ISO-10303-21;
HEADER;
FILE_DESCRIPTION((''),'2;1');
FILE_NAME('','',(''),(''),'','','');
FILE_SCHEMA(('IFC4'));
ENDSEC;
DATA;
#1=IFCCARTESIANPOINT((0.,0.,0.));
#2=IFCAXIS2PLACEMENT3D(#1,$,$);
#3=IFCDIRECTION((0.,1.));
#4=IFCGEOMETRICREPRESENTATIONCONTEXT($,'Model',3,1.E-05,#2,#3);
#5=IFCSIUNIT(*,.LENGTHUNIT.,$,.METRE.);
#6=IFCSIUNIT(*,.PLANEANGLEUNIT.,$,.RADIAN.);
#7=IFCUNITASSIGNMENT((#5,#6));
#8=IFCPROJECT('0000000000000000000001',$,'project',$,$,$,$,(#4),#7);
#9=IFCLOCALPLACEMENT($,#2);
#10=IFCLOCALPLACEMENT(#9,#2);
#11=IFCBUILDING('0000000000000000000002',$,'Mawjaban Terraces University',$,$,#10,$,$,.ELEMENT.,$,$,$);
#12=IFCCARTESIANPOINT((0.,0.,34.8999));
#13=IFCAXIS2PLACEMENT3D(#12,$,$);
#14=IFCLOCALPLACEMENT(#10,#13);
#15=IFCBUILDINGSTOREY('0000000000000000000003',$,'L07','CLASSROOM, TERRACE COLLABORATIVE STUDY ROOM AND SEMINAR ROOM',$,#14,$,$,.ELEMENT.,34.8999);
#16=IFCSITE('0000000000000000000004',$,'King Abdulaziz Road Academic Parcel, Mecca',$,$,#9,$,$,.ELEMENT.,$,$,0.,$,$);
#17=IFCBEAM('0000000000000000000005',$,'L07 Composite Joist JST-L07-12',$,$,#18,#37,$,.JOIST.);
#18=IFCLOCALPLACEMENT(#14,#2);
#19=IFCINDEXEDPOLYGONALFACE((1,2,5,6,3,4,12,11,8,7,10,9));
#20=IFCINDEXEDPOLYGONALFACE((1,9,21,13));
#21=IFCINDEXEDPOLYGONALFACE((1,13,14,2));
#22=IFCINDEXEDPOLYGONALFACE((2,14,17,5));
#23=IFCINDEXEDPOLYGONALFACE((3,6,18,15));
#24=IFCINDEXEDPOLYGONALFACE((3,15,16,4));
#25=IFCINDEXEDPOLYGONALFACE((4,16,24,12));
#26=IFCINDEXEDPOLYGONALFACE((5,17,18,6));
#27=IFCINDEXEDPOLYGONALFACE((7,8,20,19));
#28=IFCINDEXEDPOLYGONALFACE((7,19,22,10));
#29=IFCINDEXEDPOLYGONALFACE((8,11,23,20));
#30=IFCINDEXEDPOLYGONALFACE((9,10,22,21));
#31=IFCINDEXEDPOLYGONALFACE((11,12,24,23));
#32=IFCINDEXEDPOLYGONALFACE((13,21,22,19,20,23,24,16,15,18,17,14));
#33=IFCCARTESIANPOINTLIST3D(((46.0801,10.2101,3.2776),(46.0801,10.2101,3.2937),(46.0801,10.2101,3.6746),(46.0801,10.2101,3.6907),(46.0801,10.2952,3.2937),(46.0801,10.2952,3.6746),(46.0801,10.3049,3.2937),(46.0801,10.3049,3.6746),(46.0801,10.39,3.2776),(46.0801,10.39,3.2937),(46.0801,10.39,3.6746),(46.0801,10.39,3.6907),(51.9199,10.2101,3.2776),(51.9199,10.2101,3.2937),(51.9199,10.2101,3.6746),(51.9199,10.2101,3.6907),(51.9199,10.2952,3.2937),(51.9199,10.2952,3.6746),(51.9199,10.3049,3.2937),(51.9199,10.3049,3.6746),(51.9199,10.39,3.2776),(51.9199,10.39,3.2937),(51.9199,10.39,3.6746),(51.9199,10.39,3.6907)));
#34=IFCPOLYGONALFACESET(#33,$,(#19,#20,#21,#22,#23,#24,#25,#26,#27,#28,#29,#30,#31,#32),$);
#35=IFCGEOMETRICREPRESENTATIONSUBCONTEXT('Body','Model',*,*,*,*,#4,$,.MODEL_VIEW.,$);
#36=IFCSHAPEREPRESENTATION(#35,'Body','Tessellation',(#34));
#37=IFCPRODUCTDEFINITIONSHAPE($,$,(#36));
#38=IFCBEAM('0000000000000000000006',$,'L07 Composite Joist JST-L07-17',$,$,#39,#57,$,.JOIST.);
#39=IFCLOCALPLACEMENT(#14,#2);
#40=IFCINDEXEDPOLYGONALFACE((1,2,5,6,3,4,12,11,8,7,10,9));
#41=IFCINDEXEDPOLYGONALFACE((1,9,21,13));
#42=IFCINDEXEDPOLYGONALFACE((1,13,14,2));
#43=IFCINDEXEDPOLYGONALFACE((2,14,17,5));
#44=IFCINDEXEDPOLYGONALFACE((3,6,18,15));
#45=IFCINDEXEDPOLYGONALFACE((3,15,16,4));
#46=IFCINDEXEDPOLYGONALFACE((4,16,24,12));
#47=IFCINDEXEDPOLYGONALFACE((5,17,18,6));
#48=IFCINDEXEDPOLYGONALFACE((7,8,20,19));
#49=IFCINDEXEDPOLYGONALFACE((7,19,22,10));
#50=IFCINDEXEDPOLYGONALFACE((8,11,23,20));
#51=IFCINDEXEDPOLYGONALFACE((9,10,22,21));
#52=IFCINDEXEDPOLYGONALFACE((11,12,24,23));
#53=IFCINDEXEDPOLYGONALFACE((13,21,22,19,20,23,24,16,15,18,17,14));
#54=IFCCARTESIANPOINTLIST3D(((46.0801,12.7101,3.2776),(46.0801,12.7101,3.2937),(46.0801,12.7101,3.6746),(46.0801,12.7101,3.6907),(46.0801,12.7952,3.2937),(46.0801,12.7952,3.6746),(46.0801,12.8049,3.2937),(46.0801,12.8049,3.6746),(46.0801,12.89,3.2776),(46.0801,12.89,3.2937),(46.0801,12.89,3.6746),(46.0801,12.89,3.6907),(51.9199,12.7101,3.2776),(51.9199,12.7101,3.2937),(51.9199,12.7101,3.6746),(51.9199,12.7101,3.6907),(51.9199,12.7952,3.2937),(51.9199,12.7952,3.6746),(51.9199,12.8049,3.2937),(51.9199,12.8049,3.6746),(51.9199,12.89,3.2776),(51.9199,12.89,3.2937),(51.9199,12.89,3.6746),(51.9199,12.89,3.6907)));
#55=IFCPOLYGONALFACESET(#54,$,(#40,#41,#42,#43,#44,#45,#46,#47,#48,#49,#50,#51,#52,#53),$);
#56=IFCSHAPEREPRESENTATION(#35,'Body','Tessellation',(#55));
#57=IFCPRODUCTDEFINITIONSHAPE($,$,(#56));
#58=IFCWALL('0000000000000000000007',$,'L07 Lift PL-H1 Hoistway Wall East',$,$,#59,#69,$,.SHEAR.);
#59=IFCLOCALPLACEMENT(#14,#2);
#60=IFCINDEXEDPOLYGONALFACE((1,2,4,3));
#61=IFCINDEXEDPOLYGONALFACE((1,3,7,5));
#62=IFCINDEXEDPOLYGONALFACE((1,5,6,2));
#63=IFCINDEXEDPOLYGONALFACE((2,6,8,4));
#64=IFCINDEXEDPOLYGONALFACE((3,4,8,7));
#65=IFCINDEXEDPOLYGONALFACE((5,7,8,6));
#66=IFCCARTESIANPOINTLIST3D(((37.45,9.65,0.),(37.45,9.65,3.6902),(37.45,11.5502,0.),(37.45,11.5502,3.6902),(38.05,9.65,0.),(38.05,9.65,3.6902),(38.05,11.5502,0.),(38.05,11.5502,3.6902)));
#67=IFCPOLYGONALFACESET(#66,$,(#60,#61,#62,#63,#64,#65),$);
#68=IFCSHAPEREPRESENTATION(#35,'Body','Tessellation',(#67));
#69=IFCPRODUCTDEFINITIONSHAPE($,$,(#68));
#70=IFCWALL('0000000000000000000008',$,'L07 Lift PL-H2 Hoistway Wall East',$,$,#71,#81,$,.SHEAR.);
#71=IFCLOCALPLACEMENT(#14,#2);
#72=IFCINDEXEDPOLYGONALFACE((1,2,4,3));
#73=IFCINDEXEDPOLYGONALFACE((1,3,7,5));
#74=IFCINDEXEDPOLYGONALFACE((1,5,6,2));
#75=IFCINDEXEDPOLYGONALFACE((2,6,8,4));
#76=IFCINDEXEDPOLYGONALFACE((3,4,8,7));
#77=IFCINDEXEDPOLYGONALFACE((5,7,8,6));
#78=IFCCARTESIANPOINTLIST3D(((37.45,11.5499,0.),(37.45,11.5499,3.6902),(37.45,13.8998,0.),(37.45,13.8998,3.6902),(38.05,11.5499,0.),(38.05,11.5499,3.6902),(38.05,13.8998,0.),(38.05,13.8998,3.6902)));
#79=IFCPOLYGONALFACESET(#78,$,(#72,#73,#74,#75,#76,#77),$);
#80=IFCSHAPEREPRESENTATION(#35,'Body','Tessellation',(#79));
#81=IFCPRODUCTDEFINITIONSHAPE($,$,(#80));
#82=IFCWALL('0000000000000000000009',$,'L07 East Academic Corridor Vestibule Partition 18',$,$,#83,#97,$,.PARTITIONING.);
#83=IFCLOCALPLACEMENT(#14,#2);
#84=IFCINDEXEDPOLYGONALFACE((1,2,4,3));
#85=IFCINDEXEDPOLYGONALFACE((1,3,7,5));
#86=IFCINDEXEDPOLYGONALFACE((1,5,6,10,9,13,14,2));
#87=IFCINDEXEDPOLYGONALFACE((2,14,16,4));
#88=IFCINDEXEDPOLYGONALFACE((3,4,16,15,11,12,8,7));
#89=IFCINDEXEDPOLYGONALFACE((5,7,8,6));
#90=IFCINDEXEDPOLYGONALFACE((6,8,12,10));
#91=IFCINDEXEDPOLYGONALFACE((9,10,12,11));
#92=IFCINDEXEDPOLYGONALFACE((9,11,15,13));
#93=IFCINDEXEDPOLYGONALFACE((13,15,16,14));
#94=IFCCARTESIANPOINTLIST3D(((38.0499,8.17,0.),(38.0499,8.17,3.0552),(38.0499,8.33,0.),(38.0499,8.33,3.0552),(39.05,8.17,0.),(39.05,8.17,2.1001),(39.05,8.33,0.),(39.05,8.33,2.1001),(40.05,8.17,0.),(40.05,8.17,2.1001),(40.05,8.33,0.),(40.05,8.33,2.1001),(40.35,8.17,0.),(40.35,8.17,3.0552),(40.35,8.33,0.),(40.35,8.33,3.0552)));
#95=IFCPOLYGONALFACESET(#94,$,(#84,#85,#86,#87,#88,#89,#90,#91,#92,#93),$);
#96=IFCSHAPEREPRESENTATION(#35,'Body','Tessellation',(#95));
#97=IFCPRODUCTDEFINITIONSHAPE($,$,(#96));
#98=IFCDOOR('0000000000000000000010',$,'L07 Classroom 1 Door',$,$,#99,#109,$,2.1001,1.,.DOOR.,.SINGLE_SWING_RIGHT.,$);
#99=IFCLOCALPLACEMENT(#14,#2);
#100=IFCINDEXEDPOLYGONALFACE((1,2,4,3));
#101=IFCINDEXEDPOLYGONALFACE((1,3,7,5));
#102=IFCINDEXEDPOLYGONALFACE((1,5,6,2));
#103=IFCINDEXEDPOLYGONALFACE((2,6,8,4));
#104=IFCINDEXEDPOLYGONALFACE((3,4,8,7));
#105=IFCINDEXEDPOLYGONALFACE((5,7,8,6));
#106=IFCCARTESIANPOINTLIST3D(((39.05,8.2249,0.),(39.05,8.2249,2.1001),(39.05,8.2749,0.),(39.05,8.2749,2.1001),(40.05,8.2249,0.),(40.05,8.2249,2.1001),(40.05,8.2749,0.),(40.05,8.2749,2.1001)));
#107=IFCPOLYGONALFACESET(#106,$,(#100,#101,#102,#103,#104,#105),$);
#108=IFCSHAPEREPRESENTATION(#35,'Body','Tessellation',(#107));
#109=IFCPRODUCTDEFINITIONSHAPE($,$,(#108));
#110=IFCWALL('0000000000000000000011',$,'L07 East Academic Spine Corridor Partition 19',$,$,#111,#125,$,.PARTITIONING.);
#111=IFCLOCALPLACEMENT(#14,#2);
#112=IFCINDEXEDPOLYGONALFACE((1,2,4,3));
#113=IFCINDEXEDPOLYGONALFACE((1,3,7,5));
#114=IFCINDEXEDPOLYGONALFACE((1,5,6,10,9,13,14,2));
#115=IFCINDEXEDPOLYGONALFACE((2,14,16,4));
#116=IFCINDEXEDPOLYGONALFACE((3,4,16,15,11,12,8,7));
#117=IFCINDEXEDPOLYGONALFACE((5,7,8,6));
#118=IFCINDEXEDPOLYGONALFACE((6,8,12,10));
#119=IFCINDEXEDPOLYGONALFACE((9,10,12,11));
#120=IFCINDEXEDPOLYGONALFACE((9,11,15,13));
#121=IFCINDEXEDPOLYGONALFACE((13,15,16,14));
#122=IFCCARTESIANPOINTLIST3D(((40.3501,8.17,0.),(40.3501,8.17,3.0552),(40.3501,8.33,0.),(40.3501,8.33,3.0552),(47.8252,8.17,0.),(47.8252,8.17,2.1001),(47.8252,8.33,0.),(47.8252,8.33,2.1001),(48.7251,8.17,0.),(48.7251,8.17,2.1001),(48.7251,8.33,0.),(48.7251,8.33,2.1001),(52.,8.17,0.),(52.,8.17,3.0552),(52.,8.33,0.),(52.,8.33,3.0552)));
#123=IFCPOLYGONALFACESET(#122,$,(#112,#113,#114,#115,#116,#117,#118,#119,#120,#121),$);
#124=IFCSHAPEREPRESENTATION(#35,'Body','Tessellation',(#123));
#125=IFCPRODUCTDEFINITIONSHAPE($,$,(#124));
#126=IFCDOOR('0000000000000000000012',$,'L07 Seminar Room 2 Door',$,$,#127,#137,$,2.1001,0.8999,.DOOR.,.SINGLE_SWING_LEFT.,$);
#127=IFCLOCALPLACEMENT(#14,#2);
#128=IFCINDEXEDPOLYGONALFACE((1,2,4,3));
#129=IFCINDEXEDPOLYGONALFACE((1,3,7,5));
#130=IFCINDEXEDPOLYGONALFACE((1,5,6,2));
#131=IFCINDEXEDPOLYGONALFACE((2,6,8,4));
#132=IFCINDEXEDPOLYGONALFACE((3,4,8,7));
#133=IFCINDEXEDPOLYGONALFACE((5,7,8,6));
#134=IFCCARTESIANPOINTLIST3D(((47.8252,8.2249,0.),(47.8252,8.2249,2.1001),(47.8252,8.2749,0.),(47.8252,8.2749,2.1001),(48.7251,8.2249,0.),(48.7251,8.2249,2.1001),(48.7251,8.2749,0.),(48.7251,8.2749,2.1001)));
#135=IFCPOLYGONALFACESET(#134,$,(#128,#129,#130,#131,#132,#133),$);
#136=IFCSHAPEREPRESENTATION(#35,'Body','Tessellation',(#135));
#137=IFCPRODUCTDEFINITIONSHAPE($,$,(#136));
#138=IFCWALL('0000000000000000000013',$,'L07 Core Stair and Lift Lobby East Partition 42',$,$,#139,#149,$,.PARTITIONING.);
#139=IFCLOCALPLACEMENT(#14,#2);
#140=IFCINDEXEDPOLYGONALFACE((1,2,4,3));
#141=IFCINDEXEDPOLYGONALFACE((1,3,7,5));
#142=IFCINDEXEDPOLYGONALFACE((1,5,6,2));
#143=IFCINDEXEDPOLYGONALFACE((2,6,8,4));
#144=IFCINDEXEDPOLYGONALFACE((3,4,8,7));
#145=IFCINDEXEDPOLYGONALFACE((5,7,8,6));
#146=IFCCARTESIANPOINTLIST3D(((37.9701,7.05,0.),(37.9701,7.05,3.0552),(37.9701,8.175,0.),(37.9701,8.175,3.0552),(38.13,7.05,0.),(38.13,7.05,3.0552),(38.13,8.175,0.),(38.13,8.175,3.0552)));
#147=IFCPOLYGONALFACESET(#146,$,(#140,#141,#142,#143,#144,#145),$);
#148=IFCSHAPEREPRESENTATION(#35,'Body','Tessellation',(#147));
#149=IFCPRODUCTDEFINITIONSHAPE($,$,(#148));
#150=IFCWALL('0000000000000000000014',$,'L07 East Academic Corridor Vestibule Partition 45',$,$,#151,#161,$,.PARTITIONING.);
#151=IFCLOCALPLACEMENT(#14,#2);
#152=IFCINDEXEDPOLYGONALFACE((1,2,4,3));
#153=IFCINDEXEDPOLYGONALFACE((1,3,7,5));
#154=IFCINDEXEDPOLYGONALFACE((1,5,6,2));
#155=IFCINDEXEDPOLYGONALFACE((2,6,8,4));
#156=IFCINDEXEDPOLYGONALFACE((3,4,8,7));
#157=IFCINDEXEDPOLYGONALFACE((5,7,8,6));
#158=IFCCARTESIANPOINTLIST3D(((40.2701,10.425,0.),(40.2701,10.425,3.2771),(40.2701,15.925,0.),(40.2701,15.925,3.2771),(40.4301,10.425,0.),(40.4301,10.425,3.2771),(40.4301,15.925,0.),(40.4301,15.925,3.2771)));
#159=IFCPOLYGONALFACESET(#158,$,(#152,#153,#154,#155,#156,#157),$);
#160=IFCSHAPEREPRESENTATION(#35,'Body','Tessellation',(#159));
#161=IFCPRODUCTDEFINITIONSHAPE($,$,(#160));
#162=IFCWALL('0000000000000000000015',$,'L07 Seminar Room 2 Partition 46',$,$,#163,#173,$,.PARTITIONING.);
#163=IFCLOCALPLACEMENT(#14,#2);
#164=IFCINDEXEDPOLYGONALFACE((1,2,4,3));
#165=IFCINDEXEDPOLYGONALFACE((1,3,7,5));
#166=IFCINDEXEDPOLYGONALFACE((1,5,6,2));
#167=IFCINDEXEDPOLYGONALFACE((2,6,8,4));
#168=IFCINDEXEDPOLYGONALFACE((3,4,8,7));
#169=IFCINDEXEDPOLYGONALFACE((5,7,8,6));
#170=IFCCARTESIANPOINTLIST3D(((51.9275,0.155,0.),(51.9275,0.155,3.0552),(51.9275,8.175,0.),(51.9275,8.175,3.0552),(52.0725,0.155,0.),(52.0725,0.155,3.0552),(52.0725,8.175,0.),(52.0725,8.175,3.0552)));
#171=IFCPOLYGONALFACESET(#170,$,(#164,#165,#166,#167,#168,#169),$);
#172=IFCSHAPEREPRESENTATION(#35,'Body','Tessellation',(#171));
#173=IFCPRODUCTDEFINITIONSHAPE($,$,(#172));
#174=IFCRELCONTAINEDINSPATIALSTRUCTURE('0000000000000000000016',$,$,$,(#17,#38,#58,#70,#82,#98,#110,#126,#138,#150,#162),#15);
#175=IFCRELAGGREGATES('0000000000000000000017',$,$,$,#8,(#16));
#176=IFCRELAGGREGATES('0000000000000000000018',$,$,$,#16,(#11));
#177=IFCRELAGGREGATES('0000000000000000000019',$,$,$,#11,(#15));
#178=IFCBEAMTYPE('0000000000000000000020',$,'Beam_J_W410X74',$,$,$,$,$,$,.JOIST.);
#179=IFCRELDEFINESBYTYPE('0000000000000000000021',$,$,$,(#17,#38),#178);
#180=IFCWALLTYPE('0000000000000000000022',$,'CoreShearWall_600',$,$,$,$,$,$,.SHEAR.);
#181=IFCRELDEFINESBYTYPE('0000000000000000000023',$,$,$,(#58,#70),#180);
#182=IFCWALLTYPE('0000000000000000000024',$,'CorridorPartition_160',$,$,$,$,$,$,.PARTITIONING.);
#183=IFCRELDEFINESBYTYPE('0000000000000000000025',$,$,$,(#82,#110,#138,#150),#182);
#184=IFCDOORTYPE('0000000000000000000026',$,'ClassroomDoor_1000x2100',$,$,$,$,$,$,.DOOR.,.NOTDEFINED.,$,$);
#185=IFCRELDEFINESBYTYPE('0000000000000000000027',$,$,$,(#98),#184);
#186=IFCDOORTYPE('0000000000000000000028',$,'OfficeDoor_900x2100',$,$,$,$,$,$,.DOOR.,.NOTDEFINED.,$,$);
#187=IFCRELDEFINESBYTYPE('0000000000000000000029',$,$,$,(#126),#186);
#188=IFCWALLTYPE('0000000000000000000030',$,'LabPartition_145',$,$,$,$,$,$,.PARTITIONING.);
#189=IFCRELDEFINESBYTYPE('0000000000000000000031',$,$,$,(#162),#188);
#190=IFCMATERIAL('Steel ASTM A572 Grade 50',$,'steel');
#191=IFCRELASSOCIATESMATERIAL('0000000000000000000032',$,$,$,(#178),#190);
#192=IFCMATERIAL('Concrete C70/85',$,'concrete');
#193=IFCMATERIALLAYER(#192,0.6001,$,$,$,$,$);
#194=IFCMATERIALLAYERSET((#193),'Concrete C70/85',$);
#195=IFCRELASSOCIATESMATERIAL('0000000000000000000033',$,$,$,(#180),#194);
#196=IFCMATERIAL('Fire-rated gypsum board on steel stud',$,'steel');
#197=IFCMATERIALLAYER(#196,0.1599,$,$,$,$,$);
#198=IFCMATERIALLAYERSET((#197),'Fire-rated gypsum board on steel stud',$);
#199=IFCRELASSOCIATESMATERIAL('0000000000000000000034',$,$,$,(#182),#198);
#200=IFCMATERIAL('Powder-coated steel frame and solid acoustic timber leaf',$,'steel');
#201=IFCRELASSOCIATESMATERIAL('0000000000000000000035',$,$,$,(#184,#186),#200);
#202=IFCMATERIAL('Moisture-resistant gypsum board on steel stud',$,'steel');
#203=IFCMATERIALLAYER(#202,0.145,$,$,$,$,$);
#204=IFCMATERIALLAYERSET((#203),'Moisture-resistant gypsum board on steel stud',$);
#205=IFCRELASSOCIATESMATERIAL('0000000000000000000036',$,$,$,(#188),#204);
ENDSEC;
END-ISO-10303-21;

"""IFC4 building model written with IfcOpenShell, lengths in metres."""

from ifc_helpers import new_model, si_unit, direction, frame, frame_2d, origin, origin_2d, place, context, subcontext, project, spatial, rectangle, i_section, extrude, material, layer, layer_set, material_profile, profile_set, type_object, element, fill, save


model = new_model("IFC4")

# Units and contexts
model_context = context("Model", 3, precision=1e-05, world=origin(), true_north=direction((0.0, 1.0)))
body_context = subcontext(model_context, "Body", "Model", "MODEL_VIEW")
ifc_project = project(units=[si_unit("LENGTHUNIT", "METRE"), si_unit("PLANEANGLEUNIT", "RADIAN")], contexts=[model_context])

# Site, building, storey
site_placement = place(None, origin())
site = spatial("IfcSite", under=ifc_project, at=site_placement, Name="King Abdulaziz Road Academic Parcel, Mecca", CompositionType="ELEMENT", RefElevation=0.0)
building_placement = place(site_placement, origin())
building = spatial("IfcBuilding", under=site, at=building_placement, Name="Mawjaban Terraces University", CompositionType="ELEMENT")
storey_placement = place(building_placement, frame((0.0, 0.0, 34.8999)))
storey = spatial("IfcBuildingStorey", under=building, at=storey_placement, Name="L07", Description="CLASSROOM, TERRACE COLLABORATIVE STUDY ROOM AND SEMINAR ROOM", CompositionType="ELEMENT", Elevation=34.8999)

# Beams
ifc_material_1 = material(Name="Steel ASTM A572 Grade 50", Category="steel")
ifc_material_profile_1 = material_profile(ifc_material_1, i_section(OverallWidth=0.1799, OverallDepth=0.4131, WebThickness=0.0098, FlangeThickness=0.0161, at=origin_2d()), Name="W410X74")
ifc_profile_set_1 = profile_set([ifc_material_profile_1], Name="Steel ASTM A572 Grade 50")
beam_type_1 = type_object("IfcBeamType", Name="Beam_J_W410X74", PredefinedType="JOIST", material=ifc_profile_set_1)
for number, where, z_axis, x_axis, name in (
    (1, (46.0801, 10.3, 3.4841), (1.0, 0.0, 0.0), (0.0, 1.0, 0.0), "L07 Composite Joist JST-L07-12"),
    (2, (46.0801, 12.8, 3.4841), (1.0, 0.0, 0.0), (0.0, 1.0, 0.0), "L07 Composite Joist JST-L07-17"),
):
    element("IfcBeam", number, at=place(storey_placement, frame(where, z_axis=z_axis, x_axis=x_axis)), inside=storey, type_object=beam_type_1, Name=name, PredefinedType="JOIST", context=body_context, shape_type="SweptSolid", body=[
        extrude(i_section(OverallWidth=0.1799, OverallDepth=0.4131, WebThickness=0.0098, FlangeThickness=0.0161, at=origin_2d()), origin(), (0.0, 0.0, 1.0), 5.8398),
    ])

# Walls
ifc_material_2 = material(Name="Concrete C70/85", Category="concrete")
ifc_layer_1 = layer(ifc_material_2, 0.6001)
ifc_layer_set_1 = layer_set([ifc_layer_1], Name="Concrete C70/85")
wall_type_1 = type_object("IfcWallType", Name="CoreShearWall_600", PredefinedType="SHEAR", material=ifc_layer_set_1)
wall_1_placement = place(storey_placement, frame((37.75, 9.6499, 0.0), z_axis=(0.0, 0.0, 1.0), x_axis=(0.0, 1.0, 0.0)))
element("IfcWall", 3, at=wall_1_placement, inside=storey, type_object=wall_type_1, Name="L07 Lift PL-H1 Hoistway Wall East", PredefinedType="SHEAR", context=body_context, shape_type="SweptSolid", body=[
    extrude(rectangle(XDim=1.9001, YDim=0.6001, at=frame_2d((0.9502, 0.0))), origin(), (0.0, 0.0, 1.0), 3.6902),
])
wall_2_placement = place(storey_placement, frame((37.75, 11.55, 0.0), z_axis=(0.0, 0.0, 1.0), x_axis=(0.0, 1.0, 0.0)))
element("IfcWall", 4, at=wall_2_placement, inside=storey, type_object=wall_type_1, Name="L07 Lift PL-H2 Hoistway Wall East", PredefinedType="SHEAR", context=body_context, shape_type="SweptSolid", body=[
    extrude(rectangle(XDim=2.3499, YDim=0.6001, at=frame_2d((1.1748, 0.0))), origin(), (0.0, 0.0, 1.0), 3.6902),
])

# Walls, openings, doors
ifc_material_3 = material(Name="Fire-rated gypsum board on steel stud", Category="steel")
ifc_layer_2 = layer(ifc_material_3, 0.1599)
ifc_layer_set_2 = layer_set([ifc_layer_2], Name="Fire-rated gypsum board on steel stud")
wall_type_2 = type_object("IfcWallType", Name="CorridorPartition_160", PredefinedType="PARTITIONING", material=ifc_layer_set_2)
wall_3_placement = place(storey_placement, frame((38.05, 8.25, 0.0), z_axis=(0.0, 0.0, 1.0), x_axis=(1.0, 0.0, 0.0)))
wall_3 = element("IfcWall", 5, at=wall_3_placement, inside=storey, type_object=wall_type_2, Name="L07 East Academic Corridor Vestibule Partition 18", PredefinedType="PARTITIONING", context=body_context, shape_type="SweptSolid", body=[
    extrude(rectangle(XDim=2.3, YDim=0.1599, at=frame_2d((1.1499, 0.0))), origin(), (0.0, 0.0, 1.0), 3.0552),
])
opening_1_placement = place(wall_3_placement, frame((1.0, 0.0, 0.0)))
opening_1 = element("IfcOpeningElement", 6, at=opening_1_placement, cuts=wall_3, PredefinedType="OPENING", context=body_context, shape_type="SweptSolid", body=[
    extrude(rectangle(XDim=1.0, YDim=2.1001, at=frame_2d((0.5, 1.05))), frame((0.0, 0.0898, 0.0), z_axis=(0.0, -1.0, 0.0), x_axis=(1.0, 0.0, 0.0)), (0.0, 0.0, 1.0), 0.1799),
])
ifc_material_4 = material(Name="Powder-coated steel frame and solid acoustic timber leaf", Category="steel")
door_type_1 = type_object("IfcDoorType", Name="ClassroomDoor_1000x2100", OperationType="NOTDEFINED", PredefinedType="DOOR", material=ifc_material_4)
door_1_placement = place(opening_1_placement, origin())
door_1 = element("IfcDoor", 7, at=door_1_placement, inside=storey, type_object=door_type_1, Name="L07 Classroom 1 Door", OperationType="SINGLE_SWING_RIGHT", OverallHeight=2.1001, OverallWidth=1.0, PredefinedType="DOOR", context=body_context, shape_type="SweptSolid", body=[
    extrude(rectangle(XDim=1.0, YDim=2.1001, at=frame_2d((0.5, 1.05))), frame((0.0, 0.0249, 0.0), z_axis=(0.0, -1.0, 0.0), x_axis=(1.0, 0.0, 0.0)), (0.0, 0.0, 1.0), 0.05),
])
fill(opening_1, door_1)
wall_4_placement = place(storey_placement, frame((40.3501, 8.25, 0.0), z_axis=(0.0, 0.0, 1.0), x_axis=(1.0, 0.0, 0.0)))
wall_4 = element("IfcWall", 8, at=wall_4_placement, inside=storey, type_object=wall_type_2, Name="L07 East Academic Spine Corridor Partition 19", PredefinedType="PARTITIONING", context=body_context, shape_type="SweptSolid", body=[
    extrude(rectangle(XDim=11.6499, YDim=0.1599, at=frame_2d((5.825, 0.0))), origin(), (0.0, 0.0, 1.0), 3.0552),
])
opening_2_placement = place(wall_4_placement, frame((7.4751, 0.0, 0.0)))
opening_2 = element("IfcOpeningElement", 9, at=opening_2_placement, cuts=wall_4, PredefinedType="OPENING", context=body_context, shape_type="SweptSolid", body=[
    extrude(rectangle(XDim=0.8999, YDim=2.1001, at=frame_2d((0.45, 1.05))), frame((0.0, 0.0898, 0.0), z_axis=(0.0, -1.0, 0.0), x_axis=(1.0, 0.0, 0.0)), (0.0, 0.0, 1.0), 0.1799),
])
door_type_2 = type_object("IfcDoorType", Name="OfficeDoor_900x2100", OperationType="NOTDEFINED", PredefinedType="DOOR", material=ifc_material_4)
door_2_placement = place(opening_2_placement, origin())
door_2 = element("IfcDoor", 10, at=door_2_placement, inside=storey, type_object=door_type_2, Name="L07 Seminar Room 2 Door", OperationType="SINGLE_SWING_LEFT", OverallHeight=2.1001, OverallWidth=0.8999, PredefinedType="DOOR", context=body_context, shape_type="SweptSolid", body=[
    extrude(rectangle(XDim=0.8999, YDim=2.1001, at=frame_2d((0.45, 1.05))), frame((0.0, 0.0249, 0.0), z_axis=(0.0, -1.0, 0.0), x_axis=(1.0, 0.0, 0.0)), (0.0, 0.0, 1.0), 0.05),
])
fill(opening_2, door_2)

# Walls
wall_5_placement = place(storey_placement, frame((38.05, 7.05, 0.0), z_axis=(0.0, 0.0, 1.0), x_axis=(0.0, 1.0, 0.0)))
element("IfcWall", 11, at=wall_5_placement, inside=storey, type_object=wall_type_2, Name="L07 Core Stair and Lift Lobby East Partition 42", PredefinedType="PARTITIONING", context=body_context, shape_type="SweptSolid", body=[
    extrude(rectangle(XDim=1.125, YDim=0.1599, at=frame_2d((0.5625, 0.0))), origin(), (0.0, 0.0, 1.0), 3.0552),
])
wall_6_placement = place(storey_placement, frame((40.3501, 10.425, 0.0), z_axis=(0.0, 0.0, 1.0), x_axis=(0.0, 1.0, 0.0)))
element("IfcWall", 12, at=wall_6_placement, inside=storey, type_object=wall_type_2, Name="L07 East Academic Corridor Vestibule Partition 45", PredefinedType="PARTITIONING", context=body_context, shape_type="SweptSolid", body=[
    extrude(rectangle(XDim=5.5, YDim=0.1599, at=frame_2d((2.75, 0.0))), origin(), (0.0, 0.0, 1.0), 3.2771),
])
ifc_material_5 = material(Name="Moisture-resistant gypsum board on steel stud", Category="steel")
ifc_layer_3 = layer(ifc_material_5, 0.145)
ifc_layer_set_3 = layer_set([ifc_layer_3], Name="Moisture-resistant gypsum board on steel stud")
wall_type_3 = type_object("IfcWallType", Name="LabPartition_145", PredefinedType="PARTITIONING", material=ifc_layer_set_3)
wall_7_placement = place(storey_placement, frame((52.0, 0.155, 0.0), z_axis=(0.0, 0.0, 1.0), x_axis=(0.0, 1.0, 0.0)))
element("IfcWall", 13, at=wall_7_placement, inside=storey, type_object=wall_type_3, Name="L07 Seminar Room 2 Partition 46", PredefinedType="PARTITIONING", context=body_context, shape_type="SweptSolid", body=[
    extrude(rectangle(XDim=8.02, YDim=0.145, at=frame_2d((4.01, 0.0))), origin(), (0.0, 0.0, 1.0), 3.0552),
])

save(model, "model.ifc")
